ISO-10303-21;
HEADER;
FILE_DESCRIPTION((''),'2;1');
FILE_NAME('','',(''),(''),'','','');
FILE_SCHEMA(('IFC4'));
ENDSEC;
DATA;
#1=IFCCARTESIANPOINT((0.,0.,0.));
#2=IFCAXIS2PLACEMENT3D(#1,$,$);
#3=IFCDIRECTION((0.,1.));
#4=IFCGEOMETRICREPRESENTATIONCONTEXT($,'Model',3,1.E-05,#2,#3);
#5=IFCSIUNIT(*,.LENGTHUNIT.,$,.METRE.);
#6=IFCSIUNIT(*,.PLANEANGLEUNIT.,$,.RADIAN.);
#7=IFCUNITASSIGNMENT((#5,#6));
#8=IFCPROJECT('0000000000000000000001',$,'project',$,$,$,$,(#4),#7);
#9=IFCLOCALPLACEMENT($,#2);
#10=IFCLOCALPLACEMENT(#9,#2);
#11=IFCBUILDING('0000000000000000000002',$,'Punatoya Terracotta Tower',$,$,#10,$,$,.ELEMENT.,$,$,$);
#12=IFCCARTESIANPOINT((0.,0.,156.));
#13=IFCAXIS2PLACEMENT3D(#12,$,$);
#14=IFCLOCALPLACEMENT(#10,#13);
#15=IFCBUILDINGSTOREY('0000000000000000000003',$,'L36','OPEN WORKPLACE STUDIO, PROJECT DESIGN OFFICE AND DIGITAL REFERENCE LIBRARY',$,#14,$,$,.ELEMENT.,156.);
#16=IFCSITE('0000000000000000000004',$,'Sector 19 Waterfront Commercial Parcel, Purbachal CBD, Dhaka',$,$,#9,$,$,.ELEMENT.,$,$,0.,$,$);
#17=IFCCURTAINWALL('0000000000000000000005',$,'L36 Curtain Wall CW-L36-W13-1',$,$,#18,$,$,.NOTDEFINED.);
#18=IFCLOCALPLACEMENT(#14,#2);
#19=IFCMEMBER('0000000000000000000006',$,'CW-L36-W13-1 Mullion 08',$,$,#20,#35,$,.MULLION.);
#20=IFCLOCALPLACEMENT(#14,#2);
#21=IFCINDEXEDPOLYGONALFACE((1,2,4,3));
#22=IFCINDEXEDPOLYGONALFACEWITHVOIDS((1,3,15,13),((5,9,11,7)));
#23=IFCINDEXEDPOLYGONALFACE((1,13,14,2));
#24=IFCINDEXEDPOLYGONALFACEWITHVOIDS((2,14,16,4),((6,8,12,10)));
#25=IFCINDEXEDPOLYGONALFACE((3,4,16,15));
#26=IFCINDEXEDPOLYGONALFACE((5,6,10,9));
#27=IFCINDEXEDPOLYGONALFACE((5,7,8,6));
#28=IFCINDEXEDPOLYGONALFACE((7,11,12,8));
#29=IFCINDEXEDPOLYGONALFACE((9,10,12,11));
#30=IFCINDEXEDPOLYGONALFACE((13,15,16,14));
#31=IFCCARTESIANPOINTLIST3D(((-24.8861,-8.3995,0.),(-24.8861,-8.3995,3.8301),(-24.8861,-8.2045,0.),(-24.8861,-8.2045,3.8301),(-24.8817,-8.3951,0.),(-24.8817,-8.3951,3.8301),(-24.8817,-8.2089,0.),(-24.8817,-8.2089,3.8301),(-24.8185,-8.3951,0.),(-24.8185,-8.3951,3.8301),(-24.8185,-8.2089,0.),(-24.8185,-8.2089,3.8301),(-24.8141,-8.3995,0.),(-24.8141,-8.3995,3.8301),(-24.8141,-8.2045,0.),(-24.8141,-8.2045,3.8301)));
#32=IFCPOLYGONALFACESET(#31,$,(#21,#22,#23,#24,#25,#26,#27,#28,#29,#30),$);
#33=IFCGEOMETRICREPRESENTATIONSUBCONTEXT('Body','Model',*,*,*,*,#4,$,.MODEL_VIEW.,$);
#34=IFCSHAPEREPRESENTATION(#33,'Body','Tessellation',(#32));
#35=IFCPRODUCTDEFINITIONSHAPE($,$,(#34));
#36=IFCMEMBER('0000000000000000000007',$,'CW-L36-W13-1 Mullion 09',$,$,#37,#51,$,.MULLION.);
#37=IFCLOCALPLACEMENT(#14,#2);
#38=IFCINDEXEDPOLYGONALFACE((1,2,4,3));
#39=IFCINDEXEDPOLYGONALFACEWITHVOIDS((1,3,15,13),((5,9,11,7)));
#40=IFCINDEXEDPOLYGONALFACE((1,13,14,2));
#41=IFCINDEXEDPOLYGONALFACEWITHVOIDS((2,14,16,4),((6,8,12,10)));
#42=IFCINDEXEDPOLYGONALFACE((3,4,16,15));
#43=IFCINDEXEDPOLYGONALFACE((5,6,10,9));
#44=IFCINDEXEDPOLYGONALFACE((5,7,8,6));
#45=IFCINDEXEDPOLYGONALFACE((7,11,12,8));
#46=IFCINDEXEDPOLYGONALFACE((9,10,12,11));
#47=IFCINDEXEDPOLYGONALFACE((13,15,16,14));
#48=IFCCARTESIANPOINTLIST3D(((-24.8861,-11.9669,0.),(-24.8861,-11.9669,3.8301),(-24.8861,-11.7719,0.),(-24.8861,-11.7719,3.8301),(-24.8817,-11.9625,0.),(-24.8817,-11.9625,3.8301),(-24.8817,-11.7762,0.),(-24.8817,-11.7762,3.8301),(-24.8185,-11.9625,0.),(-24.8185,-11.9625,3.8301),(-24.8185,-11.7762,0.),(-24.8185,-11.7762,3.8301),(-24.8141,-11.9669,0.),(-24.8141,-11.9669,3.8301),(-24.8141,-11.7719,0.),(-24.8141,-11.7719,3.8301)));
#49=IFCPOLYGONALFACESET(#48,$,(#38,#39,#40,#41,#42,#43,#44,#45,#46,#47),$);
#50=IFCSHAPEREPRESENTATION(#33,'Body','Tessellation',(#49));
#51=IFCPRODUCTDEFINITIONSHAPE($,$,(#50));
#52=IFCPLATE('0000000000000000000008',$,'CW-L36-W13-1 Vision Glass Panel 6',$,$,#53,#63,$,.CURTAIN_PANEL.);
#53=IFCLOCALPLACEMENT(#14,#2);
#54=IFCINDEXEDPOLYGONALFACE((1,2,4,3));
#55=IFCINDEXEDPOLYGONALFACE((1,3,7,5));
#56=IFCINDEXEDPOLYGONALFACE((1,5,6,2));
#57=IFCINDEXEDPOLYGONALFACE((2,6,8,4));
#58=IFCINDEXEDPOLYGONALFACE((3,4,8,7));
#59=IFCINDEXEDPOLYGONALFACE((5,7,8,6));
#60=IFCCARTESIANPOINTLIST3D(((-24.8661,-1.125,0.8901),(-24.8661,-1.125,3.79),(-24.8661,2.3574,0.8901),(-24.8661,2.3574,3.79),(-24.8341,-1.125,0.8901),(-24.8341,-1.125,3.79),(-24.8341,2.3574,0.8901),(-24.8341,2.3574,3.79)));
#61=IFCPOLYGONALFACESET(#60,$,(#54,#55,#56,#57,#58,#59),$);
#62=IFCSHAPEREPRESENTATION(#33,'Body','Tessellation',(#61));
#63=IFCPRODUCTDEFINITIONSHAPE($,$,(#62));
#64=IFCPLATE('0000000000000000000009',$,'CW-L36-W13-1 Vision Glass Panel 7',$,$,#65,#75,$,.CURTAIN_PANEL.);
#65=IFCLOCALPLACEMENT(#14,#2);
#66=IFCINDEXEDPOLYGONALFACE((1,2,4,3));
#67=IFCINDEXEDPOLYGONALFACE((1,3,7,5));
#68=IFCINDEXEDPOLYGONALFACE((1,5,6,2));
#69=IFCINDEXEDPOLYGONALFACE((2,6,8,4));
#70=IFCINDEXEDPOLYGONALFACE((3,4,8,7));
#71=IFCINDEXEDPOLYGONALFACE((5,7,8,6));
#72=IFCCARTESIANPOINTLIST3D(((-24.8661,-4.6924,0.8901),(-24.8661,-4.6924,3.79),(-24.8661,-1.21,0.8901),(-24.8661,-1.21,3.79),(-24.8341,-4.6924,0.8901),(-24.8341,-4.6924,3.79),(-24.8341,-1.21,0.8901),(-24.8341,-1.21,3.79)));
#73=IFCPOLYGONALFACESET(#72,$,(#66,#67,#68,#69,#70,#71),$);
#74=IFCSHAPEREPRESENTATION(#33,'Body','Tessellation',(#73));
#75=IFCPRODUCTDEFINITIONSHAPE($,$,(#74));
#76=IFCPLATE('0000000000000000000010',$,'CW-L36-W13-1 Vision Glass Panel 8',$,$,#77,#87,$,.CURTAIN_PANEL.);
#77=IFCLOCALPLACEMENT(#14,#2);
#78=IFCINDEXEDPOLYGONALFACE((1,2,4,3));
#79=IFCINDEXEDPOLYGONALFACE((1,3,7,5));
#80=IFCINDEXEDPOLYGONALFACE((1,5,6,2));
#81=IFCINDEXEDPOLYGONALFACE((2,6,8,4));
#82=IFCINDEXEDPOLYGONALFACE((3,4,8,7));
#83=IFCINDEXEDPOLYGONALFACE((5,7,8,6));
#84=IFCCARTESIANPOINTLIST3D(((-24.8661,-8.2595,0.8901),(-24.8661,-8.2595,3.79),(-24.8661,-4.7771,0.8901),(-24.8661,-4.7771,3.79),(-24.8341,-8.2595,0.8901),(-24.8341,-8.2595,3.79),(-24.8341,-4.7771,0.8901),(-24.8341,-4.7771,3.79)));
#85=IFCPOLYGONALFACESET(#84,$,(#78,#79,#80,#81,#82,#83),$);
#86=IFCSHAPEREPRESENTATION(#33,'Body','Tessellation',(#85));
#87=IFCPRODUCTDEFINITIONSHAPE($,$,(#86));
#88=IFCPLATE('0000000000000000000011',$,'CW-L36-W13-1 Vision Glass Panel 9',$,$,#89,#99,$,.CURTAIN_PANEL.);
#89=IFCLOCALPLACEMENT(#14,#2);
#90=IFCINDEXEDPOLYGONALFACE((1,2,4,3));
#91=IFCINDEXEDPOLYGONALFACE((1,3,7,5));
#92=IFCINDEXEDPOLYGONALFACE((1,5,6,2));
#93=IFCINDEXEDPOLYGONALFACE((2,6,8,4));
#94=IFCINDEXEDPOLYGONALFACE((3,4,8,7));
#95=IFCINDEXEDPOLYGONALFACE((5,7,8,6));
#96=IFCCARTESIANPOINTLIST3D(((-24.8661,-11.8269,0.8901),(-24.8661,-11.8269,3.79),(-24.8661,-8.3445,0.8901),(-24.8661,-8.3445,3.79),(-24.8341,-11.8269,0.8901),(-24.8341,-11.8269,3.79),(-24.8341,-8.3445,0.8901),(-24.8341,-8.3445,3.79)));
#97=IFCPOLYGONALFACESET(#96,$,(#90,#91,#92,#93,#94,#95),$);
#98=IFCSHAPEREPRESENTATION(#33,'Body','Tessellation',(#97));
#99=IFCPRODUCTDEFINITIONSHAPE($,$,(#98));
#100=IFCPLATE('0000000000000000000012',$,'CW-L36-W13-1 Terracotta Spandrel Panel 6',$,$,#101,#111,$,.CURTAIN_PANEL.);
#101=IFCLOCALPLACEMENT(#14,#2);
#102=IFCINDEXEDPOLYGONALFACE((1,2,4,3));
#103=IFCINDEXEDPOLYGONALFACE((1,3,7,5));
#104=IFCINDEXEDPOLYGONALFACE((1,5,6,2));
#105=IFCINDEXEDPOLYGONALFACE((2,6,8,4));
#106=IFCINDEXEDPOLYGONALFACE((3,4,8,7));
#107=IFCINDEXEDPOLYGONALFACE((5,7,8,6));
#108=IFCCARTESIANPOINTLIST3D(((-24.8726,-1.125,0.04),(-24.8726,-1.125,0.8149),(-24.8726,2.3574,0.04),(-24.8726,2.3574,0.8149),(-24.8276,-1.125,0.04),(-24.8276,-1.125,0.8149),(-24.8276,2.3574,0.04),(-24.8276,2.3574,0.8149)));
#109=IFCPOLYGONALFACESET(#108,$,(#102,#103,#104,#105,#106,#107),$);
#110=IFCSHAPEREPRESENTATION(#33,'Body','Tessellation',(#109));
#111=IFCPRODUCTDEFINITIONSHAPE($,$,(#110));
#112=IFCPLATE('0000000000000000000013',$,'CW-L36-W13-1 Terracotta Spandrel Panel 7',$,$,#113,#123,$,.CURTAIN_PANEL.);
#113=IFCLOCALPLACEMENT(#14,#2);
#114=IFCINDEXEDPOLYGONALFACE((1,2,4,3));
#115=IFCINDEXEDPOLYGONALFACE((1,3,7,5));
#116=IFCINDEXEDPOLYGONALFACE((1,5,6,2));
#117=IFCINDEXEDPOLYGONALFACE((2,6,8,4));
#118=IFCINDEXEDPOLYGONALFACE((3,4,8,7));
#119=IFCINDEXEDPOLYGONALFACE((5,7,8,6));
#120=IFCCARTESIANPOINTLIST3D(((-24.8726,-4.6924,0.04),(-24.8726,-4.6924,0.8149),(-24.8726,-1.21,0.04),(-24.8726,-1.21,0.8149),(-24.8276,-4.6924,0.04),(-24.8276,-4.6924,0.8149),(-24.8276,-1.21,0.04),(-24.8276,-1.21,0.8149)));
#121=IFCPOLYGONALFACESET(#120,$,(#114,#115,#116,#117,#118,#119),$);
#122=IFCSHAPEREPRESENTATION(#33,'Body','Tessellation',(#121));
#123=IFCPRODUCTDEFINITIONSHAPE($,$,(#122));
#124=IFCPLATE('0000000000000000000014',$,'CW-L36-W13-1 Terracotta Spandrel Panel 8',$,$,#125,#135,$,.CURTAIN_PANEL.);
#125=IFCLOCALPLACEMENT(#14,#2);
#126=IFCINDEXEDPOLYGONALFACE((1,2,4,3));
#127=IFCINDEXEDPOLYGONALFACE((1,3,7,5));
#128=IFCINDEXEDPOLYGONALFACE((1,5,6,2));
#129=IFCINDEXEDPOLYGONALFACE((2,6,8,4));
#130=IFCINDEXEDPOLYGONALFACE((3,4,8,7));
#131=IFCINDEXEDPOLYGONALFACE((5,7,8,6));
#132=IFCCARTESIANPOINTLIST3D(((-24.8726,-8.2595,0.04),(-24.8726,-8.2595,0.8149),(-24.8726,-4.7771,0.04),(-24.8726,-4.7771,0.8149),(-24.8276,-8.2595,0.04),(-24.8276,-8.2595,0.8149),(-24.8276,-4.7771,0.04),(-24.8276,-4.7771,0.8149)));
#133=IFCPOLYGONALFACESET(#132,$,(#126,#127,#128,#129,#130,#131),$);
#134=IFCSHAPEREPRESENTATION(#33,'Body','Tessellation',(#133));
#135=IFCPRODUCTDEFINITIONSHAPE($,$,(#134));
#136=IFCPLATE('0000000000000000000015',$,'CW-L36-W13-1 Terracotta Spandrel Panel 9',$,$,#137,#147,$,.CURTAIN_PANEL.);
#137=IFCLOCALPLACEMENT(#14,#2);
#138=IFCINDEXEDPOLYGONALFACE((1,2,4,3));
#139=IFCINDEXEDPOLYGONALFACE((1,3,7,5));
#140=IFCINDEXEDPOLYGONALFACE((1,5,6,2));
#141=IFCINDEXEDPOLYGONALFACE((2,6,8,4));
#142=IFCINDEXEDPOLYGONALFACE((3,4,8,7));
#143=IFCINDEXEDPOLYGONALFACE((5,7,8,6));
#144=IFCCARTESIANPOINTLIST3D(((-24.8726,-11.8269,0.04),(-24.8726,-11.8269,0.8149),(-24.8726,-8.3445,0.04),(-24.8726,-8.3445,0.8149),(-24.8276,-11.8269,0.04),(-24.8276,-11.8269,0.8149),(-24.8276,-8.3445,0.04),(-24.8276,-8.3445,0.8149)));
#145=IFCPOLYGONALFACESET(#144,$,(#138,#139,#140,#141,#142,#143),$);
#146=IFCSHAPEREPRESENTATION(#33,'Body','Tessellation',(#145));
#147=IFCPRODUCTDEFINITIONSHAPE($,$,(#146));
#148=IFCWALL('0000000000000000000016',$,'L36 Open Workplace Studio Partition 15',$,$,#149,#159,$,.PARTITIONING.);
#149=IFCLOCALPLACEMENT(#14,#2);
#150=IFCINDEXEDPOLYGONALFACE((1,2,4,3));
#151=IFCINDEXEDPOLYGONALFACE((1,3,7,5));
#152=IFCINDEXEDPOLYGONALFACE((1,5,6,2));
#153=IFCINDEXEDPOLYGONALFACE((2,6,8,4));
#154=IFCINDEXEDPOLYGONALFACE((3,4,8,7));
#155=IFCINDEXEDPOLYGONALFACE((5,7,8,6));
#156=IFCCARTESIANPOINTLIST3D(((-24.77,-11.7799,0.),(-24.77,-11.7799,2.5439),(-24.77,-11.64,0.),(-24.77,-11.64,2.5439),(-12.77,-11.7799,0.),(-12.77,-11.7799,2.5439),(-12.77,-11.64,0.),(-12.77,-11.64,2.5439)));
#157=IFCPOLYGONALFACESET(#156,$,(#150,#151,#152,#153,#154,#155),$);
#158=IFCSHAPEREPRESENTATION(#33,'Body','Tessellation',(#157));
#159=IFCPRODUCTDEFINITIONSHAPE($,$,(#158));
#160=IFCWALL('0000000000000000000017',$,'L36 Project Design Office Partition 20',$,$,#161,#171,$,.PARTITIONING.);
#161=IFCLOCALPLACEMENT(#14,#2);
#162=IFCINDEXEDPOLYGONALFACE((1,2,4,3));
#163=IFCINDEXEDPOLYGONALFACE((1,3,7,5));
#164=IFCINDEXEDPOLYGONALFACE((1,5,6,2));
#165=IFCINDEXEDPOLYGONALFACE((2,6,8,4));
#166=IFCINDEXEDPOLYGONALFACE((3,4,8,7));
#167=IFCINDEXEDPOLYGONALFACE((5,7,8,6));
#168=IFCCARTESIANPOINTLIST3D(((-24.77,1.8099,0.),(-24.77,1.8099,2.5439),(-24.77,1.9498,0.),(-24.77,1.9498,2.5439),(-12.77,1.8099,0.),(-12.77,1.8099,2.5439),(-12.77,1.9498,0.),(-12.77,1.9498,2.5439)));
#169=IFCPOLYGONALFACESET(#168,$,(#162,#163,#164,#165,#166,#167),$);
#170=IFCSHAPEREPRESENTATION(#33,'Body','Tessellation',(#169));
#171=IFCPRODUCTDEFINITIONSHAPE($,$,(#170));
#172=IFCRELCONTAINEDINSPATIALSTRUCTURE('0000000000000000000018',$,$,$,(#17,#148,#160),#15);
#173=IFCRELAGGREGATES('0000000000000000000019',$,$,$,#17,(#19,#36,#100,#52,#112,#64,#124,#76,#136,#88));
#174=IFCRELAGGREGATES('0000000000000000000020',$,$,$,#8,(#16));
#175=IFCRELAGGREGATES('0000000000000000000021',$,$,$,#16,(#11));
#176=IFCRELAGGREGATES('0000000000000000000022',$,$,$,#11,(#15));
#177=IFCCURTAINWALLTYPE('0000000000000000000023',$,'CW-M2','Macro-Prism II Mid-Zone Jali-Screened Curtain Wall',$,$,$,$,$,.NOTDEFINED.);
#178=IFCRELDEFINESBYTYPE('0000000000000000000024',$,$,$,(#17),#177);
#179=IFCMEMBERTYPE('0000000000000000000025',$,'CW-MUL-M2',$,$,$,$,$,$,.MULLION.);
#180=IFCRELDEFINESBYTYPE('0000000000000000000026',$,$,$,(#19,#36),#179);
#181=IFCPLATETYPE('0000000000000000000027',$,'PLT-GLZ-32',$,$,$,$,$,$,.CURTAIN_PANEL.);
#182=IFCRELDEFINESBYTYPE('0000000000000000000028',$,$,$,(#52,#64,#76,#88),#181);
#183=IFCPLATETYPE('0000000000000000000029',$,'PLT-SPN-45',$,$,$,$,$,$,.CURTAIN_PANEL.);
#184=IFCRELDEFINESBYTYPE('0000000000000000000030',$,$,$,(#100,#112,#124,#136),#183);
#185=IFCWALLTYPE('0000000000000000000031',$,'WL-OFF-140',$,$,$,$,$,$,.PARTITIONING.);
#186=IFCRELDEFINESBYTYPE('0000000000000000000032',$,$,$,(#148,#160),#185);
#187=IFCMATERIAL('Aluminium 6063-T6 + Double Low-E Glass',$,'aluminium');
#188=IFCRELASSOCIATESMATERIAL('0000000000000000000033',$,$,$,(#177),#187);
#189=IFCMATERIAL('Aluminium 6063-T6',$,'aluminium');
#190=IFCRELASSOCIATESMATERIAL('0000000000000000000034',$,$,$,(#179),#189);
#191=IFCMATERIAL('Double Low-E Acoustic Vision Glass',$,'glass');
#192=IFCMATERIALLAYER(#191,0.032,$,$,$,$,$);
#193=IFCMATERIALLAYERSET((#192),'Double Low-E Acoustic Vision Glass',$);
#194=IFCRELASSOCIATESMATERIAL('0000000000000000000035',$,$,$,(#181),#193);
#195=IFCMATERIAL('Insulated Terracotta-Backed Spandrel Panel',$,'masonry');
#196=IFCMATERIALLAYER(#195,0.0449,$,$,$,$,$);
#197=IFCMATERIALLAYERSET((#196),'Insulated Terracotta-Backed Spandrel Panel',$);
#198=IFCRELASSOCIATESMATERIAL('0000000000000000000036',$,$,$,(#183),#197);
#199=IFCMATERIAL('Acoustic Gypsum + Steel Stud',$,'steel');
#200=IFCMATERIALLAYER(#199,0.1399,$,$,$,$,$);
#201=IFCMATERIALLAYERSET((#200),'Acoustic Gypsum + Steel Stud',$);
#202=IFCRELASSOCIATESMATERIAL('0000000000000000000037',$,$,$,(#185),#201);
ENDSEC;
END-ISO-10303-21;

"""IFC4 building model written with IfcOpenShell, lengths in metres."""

from ifc_helpers import new_model, si_unit, direction, frame, frame_2d, origin, origin_2d, place, context, subcontext, project, spatial, rectangle, hollow_rectangle, extrude, material, layer, layer_set, material_profile, profile_set, type_object, element, aggregate, save


model = new_model("IFC4")

# Units and contexts
model_context = context("Model", 3, precision=1e-05, world=origin(), true_north=direction((0.0, 1.0)))
body_context = subcontext(model_context, "Body", "Model", "MODEL_VIEW")
ifc_project = project(units=[si_unit("LENGTHUNIT", "METRE"), si_unit("PLANEANGLEUNIT", "RADIAN")], contexts=[model_context])

# Site, building, storey
site_placement = place(None, origin())
site = spatial("IfcSite", under=ifc_project, at=site_placement, Name="Sector 19 Waterfront Commercial Parcel, Purbachal CBD, Dhaka", CompositionType="ELEMENT", RefElevation=0.0)
building_placement = place(site_placement, origin())
building = spatial("IfcBuilding", under=site, at=building_placement, Name="Punatoya Terracotta Tower", CompositionType="ELEMENT")
storey_placement = place(building_placement, frame((0.0, 0.0, 156.0)))
storey = spatial("IfcBuildingStorey", under=building, at=storey_placement, Name="L36", Description="OPEN WORKPLACE STUDIO, PROJECT DESIGN OFFICE AND DIGITAL REFERENCE LIBRARY", CompositionType="ELEMENT", Elevation=156.0)

# Curtain wall, members, plates
ifc_material_1 = material(Name="Aluminium 6063-T6 + Double Low-E Glass", Category="aluminium")
curtain_wall_type = type_object("IfcCurtainWallType", Name="CW-M2", Description="Macro-Prism II Mid-Zone Jali-Screened Curtain Wall", PredefinedType="NOTDEFINED", material=ifc_material_1)
curtain_wall_placement = place(storey_placement, origin())
curtain_wall = element("IfcCurtainWall", 1, at=curtain_wall_placement, inside=storey, type_object=curtain_wall_type, Name="L36 Curtain Wall CW-L36-W13-1", PredefinedType="NOTDEFINED")
ifc_material_2 = material(Name="Aluminium 6063-T6", Category="aluminium")
ifc_material_profile_1 = material_profile(ifc_material_2, hollow_rectangle(XDim=0.072, YDim=0.1951, WallThickness=0.0044, at=origin_2d()))
ifc_profile_set_1 = profile_set([ifc_material_profile_1], Name="Aluminium 6063-T6")
member_type = type_object("IfcMemberType", Name="CW-MUL-M2", PredefinedType="MULLION", material=ifc_profile_set_1)
member_1_placement = place(storey_placement, frame((-24.8501, -8.302, 0.0), z_axis=(0.0, 0.0, 1.0), x_axis=(1.0, 0.0, 0.0)))
member_1 = element("IfcMember", 2, at=member_1_placement, type_object=member_type, Name="CW-L36-W13-1 Mullion 08", PredefinedType="MULLION", context=body_context, shape_type="SweptSolid", body=[
    extrude(hollow_rectangle(XDim=0.072, YDim=0.1951, WallThickness=0.0044, at=origin_2d()), origin(), (0.0, 0.0, 1.0), 3.8301),
])
member_2_placement = place(storey_placement, frame((-24.8501, -11.8694, 0.0), z_axis=(0.0, 0.0, 1.0), x_axis=(1.0, 0.0, 0.0)))
member_2 = element("IfcMember", 3, at=member_2_placement, type_object=member_type, Name="CW-L36-W13-1 Mullion 09", PredefinedType="MULLION", context=body_context, shape_type="SweptSolid", body=[
    extrude(hollow_rectangle(XDim=0.072, YDim=0.1951, WallThickness=0.0044, at=origin_2d()), origin(), (0.0, 0.0, 1.0), 3.8301),
])
ifc_material_3 = material(Name="Double Low-E Acoustic Vision Glass", Category="glass")
ifc_layer_1 = layer(ifc_material_3, 0.032)
ifc_layer_set_1 = layer_set([ifc_layer_1], Name="Double Low-E Acoustic Vision Glass")
plate_type_1 = type_object("IfcPlateType", Name="PLT-GLZ-32", PredefinedType="CURTAIN_PANEL", material=ifc_layer_set_1)
plate_1_placement = place(storey_placement, frame((-24.8501, 0.6162, 0.8901), z_axis=(0.0, 0.0, 1.0), x_axis=(0.0, -1.0, 0.0)))
plate_1 = element("IfcPlate", 4, at=plate_1_placement, type_object=plate_type_1, Name="CW-L36-W13-1 Vision Glass Panel 6", PredefinedType="CURTAIN_PANEL", context=body_context, shape_type="SweptSolid", body=[
    extrude(rectangle(XDim=3.4824, YDim=0.032, at=origin_2d()), origin(), (0.0, 0.0, 1.0), 2.8999),
])
plate_2_placement = place(storey_placement, frame((-24.8501, -2.9512, 0.8901), z_axis=(0.0, 0.0, 1.0), x_axis=(0.0, -1.0, 0.0)))
plate_2 = element("IfcPlate", 5, at=plate_2_placement, type_object=plate_type_1, Name="CW-L36-W13-1 Vision Glass Panel 7", PredefinedType="CURTAIN_PANEL", context=body_context, shape_type="SweptSolid", body=[
    extrude(rectangle(XDim=3.4824, YDim=0.032, at=origin_2d()), origin(), (0.0, 0.0, 1.0), 2.8999),
])
plate_3_placement = place(storey_placement, frame((-24.8501, -6.5183, 0.8901), z_axis=(0.0, 0.0, 1.0), x_axis=(0.0, -1.0, 0.0)))
plate_3 = element("IfcPlate", 6, at=plate_3_placement, type_object=plate_type_1, Name="CW-L36-W13-1 Vision Glass Panel 8", PredefinedType="CURTAIN_PANEL", context=body_context, shape_type="SweptSolid", body=[
    extrude(rectangle(XDim=3.4824, YDim=0.032, at=origin_2d()), origin(), (0.0, 0.0, 1.0), 2.8999),
])
plate_4_placement = place(storey_placement, frame((-24.8501, -10.0857, 0.8901), z_axis=(0.0, 0.0, 1.0), x_axis=(0.0, -1.0, 0.0)))
plate_4 = element("IfcPlate", 7, at=plate_4_placement, type_object=plate_type_1, Name="CW-L36-W13-1 Vision Glass Panel 9", PredefinedType="CURTAIN_PANEL", context=body_context, shape_type="SweptSolid", body=[
    extrude(rectangle(XDim=3.4824, YDim=0.032, at=origin_2d()), origin(), (0.0, 0.0, 1.0), 2.8999),
])
ifc_material_4 = material(Name="Insulated Terracotta-Backed Spandrel Panel", Category="masonry")
ifc_layer_2 = layer(ifc_material_4, 0.0449)
ifc_layer_set_2 = layer_set([ifc_layer_2], Name="Insulated Terracotta-Backed Spandrel Panel")
plate_type_2 = type_object("IfcPlateType", Name="PLT-SPN-45", PredefinedType="CURTAIN_PANEL", material=ifc_layer_set_2)
plate_5_placement = place(storey_placement, frame((-24.8501, 0.6162, 0.04), z_axis=(0.0, 0.0, 1.0), x_axis=(0.0, -1.0, 0.0)))
plate_5 = element("IfcPlate", 8, at=plate_5_placement, type_object=plate_type_2, Name="CW-L36-W13-1 Terracotta Spandrel Panel 6", PredefinedType="CURTAIN_PANEL", context=body_context, shape_type="SweptSolid", body=[
    extrude(rectangle(XDim=3.4824, YDim=0.0449, at=origin_2d()), origin(), (0.0, 0.0, 1.0), 0.7749),
])
plate_6_placement = place(storey_placement, frame((-24.8501, -2.9512, 0.04), z_axis=(0.0, 0.0, 1.0), x_axis=(0.0, -1.0, 0.0)))
plate_6 = element("IfcPlate", 9, at=plate_6_placement, type_object=plate_type_2, Name="CW-L36-W13-1 Terracotta Spandrel Panel 7", PredefinedType="CURTAIN_PANEL", context=body_context, shape_type="SweptSolid", body=[
    extrude(rectangle(XDim=3.4824, YDim=0.0449, at=origin_2d()), origin(), (0.0, 0.0, 1.0), 0.7749),
])
plate_7_placement = place(storey_placement, frame((-24.8501, -6.5183, 0.04), z_axis=(0.0, 0.0, 1.0), x_axis=(0.0, -1.0, 0.0)))
plate_7 = element("IfcPlate", 10, at=plate_7_placement, type_object=plate_type_2, Name="CW-L36-W13-1 Terracotta Spandrel Panel 8", PredefinedType="CURTAIN_PANEL", context=body_context, shape_type="SweptSolid", body=[
    extrude(rectangle(XDim=3.4824, YDim=0.0449, at=origin_2d()), origin(), (0.0, 0.0, 1.0), 0.7749),
])
plate_8_placement = place(storey_placement, frame((-24.8501, -10.0857, 0.04), z_axis=(0.0, 0.0, 1.0), x_axis=(0.0, -1.0, 0.0)))
plate_8 = element("IfcPlate", 11, at=plate_8_placement, type_object=plate_type_2, Name="CW-L36-W13-1 Terracotta Spandrel Panel 9", PredefinedType="CURTAIN_PANEL", context=body_context, shape_type="SweptSolid", body=[
    extrude(rectangle(XDim=3.4824, YDim=0.0449, at=origin_2d()), origin(), (0.0, 0.0, 1.0), 0.7749),
])
aggregate(curtain_wall, [member_1, member_2, plate_5, plate_1, plate_6, plate_2, plate_7, plate_3, plate_8, plate_4])

# Walls
ifc_material_5 = material(Name="Acoustic Gypsum + Steel Stud", Category="steel")
ifc_layer_3 = layer(ifc_material_5, 0.1399)
ifc_layer_set_3 = layer_set([ifc_layer_3], Name="Acoustic Gypsum + Steel Stud")
wall_type = type_object("IfcWallType", Name="WL-OFF-140", PredefinedType="PARTITIONING", material=ifc_layer_set_3)
for number, where, z_axis, x_axis, name in (
    (12, (-24.77, -11.71, 0.0), (0.0, 0.0, 1.0), (1.0, 0.0, 0.0), "L36 Open Workplace Studio Partition 15"),
    (13, (-24.77, 1.8799, 0.0), (0.0, 0.0, 1.0), (1.0, 0.0, 0.0), "L36 Project Design Office Partition 20"),
):
    element("IfcWall", number, at=place(storey_placement, frame(where, z_axis=z_axis, x_axis=x_axis)), inside=storey, type_object=wall_type, Name=name, PredefinedType="PARTITIONING", context=body_context, shape_type="SweptSolid", body=[
        extrude(rectangle(XDim=12.0, YDim=0.1399, at=frame_2d((6.0, 0.0))), origin(), (0.0, 0.0, 1.0), 2.5439),
    ])

save(model, "model.ifc")
